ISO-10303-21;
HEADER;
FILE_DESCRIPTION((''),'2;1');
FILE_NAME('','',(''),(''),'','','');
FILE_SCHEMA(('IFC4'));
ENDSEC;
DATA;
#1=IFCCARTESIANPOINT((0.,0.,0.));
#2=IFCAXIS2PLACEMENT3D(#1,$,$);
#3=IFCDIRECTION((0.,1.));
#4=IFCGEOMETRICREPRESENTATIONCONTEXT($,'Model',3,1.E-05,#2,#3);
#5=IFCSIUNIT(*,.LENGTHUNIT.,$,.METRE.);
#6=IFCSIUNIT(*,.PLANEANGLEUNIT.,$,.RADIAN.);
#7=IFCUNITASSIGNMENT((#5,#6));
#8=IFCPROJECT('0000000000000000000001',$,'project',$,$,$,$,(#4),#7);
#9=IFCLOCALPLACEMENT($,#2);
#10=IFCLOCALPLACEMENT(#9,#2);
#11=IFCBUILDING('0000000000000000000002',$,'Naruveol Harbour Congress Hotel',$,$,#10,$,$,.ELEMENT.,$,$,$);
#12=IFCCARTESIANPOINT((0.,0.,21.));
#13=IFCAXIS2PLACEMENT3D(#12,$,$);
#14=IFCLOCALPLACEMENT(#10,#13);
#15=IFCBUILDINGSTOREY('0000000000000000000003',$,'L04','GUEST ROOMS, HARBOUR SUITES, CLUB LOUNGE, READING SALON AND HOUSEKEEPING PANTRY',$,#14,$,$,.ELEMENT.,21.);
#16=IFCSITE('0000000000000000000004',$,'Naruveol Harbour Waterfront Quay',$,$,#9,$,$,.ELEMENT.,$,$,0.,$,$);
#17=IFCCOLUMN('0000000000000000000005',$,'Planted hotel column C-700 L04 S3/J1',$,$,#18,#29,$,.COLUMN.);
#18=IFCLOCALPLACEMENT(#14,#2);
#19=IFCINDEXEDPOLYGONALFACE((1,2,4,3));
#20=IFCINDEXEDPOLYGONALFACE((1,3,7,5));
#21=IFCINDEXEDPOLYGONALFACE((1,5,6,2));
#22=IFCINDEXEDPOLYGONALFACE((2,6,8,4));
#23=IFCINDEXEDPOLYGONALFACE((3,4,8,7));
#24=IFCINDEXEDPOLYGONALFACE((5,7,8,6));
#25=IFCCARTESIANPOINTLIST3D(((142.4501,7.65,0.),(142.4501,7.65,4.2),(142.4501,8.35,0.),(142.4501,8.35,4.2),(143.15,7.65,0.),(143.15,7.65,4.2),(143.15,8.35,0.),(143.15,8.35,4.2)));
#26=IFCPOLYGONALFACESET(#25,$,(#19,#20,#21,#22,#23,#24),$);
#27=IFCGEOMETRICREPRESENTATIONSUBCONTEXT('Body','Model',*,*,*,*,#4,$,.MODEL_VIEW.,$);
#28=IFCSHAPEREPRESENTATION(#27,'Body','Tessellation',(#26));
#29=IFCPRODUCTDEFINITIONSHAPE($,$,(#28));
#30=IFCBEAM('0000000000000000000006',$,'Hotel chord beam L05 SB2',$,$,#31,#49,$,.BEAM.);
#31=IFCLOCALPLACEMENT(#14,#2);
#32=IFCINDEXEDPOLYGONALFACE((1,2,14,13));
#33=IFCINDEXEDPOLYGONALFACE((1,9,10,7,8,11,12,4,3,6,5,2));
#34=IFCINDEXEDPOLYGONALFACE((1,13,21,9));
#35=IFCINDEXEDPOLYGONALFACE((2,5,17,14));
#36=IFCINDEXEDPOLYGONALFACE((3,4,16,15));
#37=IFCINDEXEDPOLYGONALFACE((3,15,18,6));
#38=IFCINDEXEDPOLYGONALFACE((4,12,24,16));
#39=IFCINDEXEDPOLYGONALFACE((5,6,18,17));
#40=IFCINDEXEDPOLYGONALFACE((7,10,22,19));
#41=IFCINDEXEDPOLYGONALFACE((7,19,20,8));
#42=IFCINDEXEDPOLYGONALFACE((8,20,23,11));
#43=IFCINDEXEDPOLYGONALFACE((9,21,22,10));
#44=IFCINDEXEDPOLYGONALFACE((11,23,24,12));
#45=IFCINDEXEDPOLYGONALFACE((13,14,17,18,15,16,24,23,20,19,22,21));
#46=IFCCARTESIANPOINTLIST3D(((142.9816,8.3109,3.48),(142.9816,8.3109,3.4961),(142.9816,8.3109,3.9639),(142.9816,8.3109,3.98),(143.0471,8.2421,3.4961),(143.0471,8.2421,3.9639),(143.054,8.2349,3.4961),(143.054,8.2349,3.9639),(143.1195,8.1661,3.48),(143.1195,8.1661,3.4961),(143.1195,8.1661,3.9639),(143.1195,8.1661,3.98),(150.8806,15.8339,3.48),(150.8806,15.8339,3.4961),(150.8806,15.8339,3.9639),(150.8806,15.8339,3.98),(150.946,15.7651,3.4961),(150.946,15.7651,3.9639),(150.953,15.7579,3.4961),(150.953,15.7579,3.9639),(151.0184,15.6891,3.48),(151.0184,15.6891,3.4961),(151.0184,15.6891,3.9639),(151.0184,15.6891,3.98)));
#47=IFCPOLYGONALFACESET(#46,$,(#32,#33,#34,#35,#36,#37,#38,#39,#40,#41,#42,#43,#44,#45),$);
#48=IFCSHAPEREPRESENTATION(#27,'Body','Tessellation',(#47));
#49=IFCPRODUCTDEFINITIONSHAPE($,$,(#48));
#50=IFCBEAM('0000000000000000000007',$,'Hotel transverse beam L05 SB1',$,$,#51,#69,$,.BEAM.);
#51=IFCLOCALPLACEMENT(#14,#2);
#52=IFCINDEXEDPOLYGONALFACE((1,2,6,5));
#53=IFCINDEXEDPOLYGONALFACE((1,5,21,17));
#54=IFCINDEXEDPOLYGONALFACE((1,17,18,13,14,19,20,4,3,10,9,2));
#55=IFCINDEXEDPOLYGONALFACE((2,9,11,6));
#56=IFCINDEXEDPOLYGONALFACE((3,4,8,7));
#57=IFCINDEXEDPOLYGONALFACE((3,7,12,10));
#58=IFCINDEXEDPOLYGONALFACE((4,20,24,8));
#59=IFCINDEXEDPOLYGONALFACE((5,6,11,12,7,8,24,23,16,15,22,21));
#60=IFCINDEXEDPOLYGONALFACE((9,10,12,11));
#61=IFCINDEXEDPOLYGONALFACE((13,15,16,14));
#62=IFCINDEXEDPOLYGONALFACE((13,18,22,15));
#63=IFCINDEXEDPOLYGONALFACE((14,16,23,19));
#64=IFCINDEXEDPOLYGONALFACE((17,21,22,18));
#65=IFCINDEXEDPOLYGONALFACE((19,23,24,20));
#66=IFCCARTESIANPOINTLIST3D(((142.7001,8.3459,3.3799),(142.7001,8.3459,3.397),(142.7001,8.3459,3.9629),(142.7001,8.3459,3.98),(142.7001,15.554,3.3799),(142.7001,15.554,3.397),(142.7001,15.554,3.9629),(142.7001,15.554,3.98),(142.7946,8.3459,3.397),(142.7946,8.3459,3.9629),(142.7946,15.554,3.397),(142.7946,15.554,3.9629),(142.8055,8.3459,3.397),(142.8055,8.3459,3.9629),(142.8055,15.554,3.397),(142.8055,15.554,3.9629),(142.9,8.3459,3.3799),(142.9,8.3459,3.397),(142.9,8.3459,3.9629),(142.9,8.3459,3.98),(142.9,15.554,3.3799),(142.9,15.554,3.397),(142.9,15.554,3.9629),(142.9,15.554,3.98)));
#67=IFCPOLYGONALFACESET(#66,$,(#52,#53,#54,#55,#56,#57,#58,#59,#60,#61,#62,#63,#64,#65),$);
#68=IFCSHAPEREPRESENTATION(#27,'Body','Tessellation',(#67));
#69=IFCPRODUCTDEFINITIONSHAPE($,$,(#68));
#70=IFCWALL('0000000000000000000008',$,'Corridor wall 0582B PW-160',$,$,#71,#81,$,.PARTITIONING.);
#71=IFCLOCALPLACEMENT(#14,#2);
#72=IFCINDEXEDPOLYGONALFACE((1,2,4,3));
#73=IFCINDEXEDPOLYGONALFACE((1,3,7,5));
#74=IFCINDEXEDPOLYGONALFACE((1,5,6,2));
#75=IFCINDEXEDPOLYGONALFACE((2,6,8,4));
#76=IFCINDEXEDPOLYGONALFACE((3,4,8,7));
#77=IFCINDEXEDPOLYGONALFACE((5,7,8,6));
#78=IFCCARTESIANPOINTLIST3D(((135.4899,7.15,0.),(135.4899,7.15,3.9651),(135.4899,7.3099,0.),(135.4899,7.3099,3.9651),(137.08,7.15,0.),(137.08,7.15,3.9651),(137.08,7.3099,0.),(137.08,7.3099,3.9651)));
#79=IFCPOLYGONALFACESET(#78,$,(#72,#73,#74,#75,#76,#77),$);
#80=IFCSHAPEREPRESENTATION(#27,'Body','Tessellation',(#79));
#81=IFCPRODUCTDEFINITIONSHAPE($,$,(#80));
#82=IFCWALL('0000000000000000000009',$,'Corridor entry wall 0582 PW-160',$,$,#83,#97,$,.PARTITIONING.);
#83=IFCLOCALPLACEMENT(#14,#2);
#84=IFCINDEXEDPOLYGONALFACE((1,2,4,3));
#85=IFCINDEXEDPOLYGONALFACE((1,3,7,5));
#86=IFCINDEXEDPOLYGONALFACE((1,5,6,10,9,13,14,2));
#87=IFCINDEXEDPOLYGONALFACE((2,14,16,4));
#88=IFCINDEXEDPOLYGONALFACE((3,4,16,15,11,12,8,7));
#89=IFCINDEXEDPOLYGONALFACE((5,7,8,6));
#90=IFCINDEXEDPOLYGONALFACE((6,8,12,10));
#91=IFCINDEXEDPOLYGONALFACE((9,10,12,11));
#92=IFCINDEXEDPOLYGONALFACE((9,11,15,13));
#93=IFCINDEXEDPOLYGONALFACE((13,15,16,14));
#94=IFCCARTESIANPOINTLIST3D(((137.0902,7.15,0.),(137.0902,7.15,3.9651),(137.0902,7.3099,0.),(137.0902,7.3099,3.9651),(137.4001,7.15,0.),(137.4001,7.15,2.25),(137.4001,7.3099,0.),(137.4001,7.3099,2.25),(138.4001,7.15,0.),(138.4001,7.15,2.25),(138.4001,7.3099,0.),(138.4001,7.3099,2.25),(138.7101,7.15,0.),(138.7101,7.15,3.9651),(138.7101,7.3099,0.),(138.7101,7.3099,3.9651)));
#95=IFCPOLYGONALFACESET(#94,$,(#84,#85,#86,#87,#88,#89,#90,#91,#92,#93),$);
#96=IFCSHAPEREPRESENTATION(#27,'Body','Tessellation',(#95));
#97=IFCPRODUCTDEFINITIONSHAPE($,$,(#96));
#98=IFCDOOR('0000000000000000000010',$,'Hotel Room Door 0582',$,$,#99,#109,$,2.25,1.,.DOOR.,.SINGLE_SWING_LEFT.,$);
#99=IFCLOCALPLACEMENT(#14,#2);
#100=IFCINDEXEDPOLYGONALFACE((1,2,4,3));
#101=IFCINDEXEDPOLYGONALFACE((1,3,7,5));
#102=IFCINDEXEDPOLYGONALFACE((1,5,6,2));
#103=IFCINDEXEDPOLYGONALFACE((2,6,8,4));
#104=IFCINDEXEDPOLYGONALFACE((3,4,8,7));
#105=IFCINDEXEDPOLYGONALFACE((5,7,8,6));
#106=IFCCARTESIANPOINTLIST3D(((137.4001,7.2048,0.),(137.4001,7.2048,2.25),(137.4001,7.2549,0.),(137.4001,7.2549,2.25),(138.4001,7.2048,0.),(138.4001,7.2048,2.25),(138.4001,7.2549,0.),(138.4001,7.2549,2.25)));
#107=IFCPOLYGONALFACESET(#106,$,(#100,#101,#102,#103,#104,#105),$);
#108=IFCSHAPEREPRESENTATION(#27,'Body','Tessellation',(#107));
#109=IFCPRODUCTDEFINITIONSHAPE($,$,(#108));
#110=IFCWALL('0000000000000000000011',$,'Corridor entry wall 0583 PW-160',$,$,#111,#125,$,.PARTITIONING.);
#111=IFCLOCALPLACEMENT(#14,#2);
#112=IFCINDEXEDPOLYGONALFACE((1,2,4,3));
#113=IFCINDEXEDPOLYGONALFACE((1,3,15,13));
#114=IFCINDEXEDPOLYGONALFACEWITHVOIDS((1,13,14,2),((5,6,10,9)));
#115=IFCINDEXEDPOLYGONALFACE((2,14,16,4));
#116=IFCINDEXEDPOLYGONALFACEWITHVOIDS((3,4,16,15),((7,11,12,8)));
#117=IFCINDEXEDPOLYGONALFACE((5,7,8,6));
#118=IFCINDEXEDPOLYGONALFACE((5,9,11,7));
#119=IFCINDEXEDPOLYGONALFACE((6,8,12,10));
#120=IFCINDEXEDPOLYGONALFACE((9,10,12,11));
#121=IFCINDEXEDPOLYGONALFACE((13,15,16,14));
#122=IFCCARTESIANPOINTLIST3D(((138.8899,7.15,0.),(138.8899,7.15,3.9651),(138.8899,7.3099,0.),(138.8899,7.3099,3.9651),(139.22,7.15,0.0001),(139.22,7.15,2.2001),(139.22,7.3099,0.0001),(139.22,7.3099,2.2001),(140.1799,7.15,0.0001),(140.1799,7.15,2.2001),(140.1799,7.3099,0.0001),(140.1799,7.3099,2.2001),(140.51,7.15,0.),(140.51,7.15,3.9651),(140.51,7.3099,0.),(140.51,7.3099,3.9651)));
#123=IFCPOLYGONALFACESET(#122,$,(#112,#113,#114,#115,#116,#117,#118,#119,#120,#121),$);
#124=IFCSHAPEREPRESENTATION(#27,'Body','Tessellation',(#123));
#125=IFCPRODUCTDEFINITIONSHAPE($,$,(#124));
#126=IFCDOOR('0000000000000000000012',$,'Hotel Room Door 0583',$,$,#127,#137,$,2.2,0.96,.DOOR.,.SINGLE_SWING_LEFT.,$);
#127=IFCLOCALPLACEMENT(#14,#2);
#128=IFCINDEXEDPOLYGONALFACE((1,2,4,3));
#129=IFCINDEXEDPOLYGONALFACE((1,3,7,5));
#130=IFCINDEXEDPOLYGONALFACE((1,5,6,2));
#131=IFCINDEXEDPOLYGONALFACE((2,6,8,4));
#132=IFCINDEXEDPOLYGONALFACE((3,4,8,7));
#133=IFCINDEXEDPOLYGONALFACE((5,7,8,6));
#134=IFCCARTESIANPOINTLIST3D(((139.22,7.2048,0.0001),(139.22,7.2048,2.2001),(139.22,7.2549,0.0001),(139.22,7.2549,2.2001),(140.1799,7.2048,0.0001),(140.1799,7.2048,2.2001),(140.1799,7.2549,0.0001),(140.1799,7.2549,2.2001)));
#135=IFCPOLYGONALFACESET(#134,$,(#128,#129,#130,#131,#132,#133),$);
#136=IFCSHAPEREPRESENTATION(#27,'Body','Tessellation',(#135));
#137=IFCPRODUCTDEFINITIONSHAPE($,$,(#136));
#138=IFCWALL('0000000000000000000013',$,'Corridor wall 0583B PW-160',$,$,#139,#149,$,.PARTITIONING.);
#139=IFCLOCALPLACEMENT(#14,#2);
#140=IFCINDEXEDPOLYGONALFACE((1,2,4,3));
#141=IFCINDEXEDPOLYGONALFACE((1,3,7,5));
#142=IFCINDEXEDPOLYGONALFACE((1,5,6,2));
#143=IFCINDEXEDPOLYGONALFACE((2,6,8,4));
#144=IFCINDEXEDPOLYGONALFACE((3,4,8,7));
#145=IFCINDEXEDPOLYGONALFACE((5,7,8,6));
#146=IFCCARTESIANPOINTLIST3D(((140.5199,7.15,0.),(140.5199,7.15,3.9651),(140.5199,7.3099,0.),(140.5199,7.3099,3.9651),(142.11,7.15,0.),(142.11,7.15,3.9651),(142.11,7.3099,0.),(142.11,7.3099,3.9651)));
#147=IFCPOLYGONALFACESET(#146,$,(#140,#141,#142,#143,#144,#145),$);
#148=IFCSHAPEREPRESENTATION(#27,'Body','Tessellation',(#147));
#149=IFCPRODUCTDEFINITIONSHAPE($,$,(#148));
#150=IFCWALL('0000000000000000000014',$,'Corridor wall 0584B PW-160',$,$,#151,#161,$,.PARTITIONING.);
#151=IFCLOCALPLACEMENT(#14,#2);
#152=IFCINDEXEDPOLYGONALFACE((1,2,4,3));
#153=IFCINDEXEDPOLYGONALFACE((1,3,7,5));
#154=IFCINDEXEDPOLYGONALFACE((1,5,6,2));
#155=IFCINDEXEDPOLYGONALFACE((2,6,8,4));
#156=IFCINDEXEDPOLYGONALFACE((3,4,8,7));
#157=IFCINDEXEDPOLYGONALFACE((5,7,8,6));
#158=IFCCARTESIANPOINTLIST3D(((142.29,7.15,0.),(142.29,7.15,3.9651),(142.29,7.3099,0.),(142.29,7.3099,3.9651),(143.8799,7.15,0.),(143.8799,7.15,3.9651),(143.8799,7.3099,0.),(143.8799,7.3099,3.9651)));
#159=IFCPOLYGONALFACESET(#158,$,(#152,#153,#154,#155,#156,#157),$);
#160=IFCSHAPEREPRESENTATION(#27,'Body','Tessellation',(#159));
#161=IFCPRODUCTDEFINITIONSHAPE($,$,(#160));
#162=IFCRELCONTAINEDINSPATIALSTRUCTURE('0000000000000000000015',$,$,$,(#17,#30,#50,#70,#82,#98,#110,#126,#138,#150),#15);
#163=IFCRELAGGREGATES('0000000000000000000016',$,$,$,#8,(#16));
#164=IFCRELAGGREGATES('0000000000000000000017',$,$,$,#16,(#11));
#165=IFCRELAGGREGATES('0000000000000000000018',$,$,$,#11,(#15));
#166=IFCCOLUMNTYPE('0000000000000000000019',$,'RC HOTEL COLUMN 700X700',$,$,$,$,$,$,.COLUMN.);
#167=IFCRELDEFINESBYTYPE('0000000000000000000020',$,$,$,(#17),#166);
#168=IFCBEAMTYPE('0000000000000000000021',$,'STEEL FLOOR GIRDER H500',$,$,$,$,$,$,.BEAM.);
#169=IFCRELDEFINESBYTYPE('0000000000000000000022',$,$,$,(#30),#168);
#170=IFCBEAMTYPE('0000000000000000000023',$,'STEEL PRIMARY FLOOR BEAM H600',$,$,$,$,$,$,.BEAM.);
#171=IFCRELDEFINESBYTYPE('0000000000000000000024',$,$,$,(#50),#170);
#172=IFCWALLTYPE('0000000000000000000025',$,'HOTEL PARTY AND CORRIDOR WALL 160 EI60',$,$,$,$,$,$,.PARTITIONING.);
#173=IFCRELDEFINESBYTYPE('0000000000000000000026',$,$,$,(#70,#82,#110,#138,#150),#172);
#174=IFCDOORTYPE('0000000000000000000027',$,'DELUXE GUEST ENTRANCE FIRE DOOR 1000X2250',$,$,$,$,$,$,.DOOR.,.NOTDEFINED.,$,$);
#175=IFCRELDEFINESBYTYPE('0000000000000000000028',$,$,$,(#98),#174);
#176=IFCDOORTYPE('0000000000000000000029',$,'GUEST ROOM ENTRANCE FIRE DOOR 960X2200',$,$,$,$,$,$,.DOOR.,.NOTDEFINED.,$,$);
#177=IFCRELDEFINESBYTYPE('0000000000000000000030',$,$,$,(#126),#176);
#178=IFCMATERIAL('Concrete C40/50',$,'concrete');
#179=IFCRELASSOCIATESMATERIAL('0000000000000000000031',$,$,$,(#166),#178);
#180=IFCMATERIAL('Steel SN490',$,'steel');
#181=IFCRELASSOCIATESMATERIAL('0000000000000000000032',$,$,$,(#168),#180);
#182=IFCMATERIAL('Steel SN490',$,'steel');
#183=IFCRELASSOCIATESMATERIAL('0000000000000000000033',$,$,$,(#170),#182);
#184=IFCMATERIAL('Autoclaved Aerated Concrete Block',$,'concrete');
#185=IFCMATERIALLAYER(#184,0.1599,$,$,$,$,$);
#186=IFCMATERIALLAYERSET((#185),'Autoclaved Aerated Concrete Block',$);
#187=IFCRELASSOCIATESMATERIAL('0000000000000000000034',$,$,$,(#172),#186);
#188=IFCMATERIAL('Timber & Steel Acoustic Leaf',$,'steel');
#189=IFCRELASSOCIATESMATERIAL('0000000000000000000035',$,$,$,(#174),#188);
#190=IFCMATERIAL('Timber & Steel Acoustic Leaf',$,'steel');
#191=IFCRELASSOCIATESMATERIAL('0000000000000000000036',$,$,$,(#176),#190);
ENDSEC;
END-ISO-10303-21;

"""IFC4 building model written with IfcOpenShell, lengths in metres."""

from ifc_helpers import new_model, si_unit, direction, frame, frame_2d, origin, origin_2d, place, context, subcontext, project, spatial, rectangle, i_section, extrude, material, layer, layer_set, material_profile, profile_set, type_object, element, fill, save


model = new_model("IFC4")

# Units and contexts
model_context = context("Model", 3, precision=1e-05, world=origin(), true_north=direction((0.0, 1.0)))
body_context = subcontext(model_context, "Body", "Model", "MODEL_VIEW")
ifc_project = project(units=[si_unit("LENGTHUNIT", "METRE"), si_unit("PLANEANGLEUNIT", "RADIAN")], contexts=[model_context])

# Site, building, storey
site_placement = place(None, origin())
site = spatial("IfcSite", under=ifc_project, at=site_placement, Name="Naruveol Harbour Waterfront Quay", CompositionType="ELEMENT", RefElevation=0.0)
building_placement = place(site_placement, origin())
building = spatial("IfcBuilding", under=site, at=building_placement, Name="Naruveol Harbour Congress Hotel", CompositionType="ELEMENT")
storey_placement = place(building_placement, frame((0.0, 0.0, 21.0)))
storey = spatial("IfcBuildingStorey", under=building, at=storey_placement, Name="L04", Description="GUEST ROOMS, HARBOUR SUITES, CLUB LOUNGE, READING SALON AND HOUSEKEEPING PANTRY", CompositionType="ELEMENT", Elevation=21.0)

# Column
ifc_material_1 = material(Name="Concrete C40/50", Category="concrete")
ifc_material_profile_1 = material_profile(ifc_material_1, rectangle(XDim=0.7, YDim=0.7, at=origin_2d()), Name="RC-700x700")
ifc_profile_set_1 = profile_set([ifc_material_profile_1], Name="Concrete C40/50")
column_type = type_object("IfcColumnType", Name="RC HOTEL COLUMN 700X700", PredefinedType="COLUMN", material=ifc_profile_set_1)
column_placement = place(storey_placement, frame((142.8, 8.0, 0.0), z_axis=(0.0, 0.0, 1.0), x_axis=(1.0, 0.0, 0.0)))
element("IfcColumn", 1, at=column_placement, inside=storey, type_object=column_type, Name="Planted hotel column C-700 L04 S3/J1", PredefinedType="COLUMN", context=body_context, shape_type="SweptSolid", body=[
    extrude(rectangle(XDim=0.7, YDim=0.7, at=origin_2d()), origin(), (0.0, 0.0, 1.0), 4.2),
])

# Beams
ifc_material_2 = material(Name="Steel SN490", Category="steel")
ifc_material_profile_2 = material_profile(ifc_material_2, i_section(OverallWidth=0.2, OverallDepth=0.5, WebThickness=0.01, FlangeThickness=0.0161, at=origin_2d()), Name="H-500x200x10x16")
ifc_profile_set_2 = profile_set([ifc_material_profile_2], Name="Steel SN490")
beam_type_1 = type_object("IfcBeamType", Name="STEEL FLOOR GIRDER H500", PredefinedType="BEAM", material=ifc_profile_set_2)
beam_1_placement = place(storey_placement, frame((143.0505, 8.2385, 3.73), z_axis=(0.72413, 0.689663, 0.0), x_axis=(-0.689663, 0.72413, 0.0)))
element("IfcBeam", 2, at=beam_1_placement, inside=storey, type_object=beam_type_1, Name="Hotel chord beam L05 SB2", PredefinedType="BEAM", context=body_context, shape_type="SweptSolid", body=[
    extrude(i_section(OverallWidth=0.2, OverallDepth=0.5, WebThickness=0.01, FlangeThickness=0.0161, at=origin_2d()), origin(), (0.0, 0.0, 1.0), 10.9082),
])
ifc_material_3 = material(Name="Steel SN490", Category="steel")
ifc_material_profile_3 = material_profile(ifc_material_3, i_section(OverallWidth=0.2, OverallDepth=0.6001, WebThickness=0.011, FlangeThickness=0.0171, at=origin_2d()), Name="H-600x200x11x17")
ifc_profile_set_3 = profile_set([ifc_material_profile_3], Name="Steel SN490")
beam_type_2 = type_object("IfcBeamType", Name="STEEL PRIMARY FLOOR BEAM H600", PredefinedType="BEAM", material=ifc_profile_set_3)
beam_2_placement = place(storey_placement, frame((142.8, 8.3459, 3.6799), z_axis=(0.0, 1.0, 0.0), x_axis=(-1.0, 0.0, 0.0)))
element("IfcBeam", 3, at=beam_2_placement, inside=storey, type_object=beam_type_2, Name="Hotel transverse beam L05 SB1", PredefinedType="BEAM", context=body_context, shape_type="SweptSolid", body=[
    extrude(i_section(OverallWidth=0.2, OverallDepth=0.6001, WebThickness=0.011, FlangeThickness=0.0171, at=origin_2d()), origin(), (0.0, 0.0, 1.0), 7.208),
])

# Wall
ifc_material_4 = material(Name="Autoclaved Aerated Concrete Block", Category="concrete")
ifc_layer_1 = layer(ifc_material_4, 0.1599)
ifc_layer_set_1 = layer_set([ifc_layer_1], Name="Autoclaved Aerated Concrete Block")
wall_type_1 = type_object("IfcWallType", Name="HOTEL PARTY AND CORRIDOR WALL 160 EI60", PredefinedType="PARTITIONING", material=ifc_layer_set_1)
wall_1_placement = place(storey_placement, frame((135.49, 7.23, 0.0), z_axis=(0.0, 0.0, 1.0), x_axis=(1.0, 0.0, 0.0)))
element("IfcWall", 4, at=wall_1_placement, inside=storey, type_object=wall_type_1, Name="Corridor wall 0582B PW-160", PredefinedType="PARTITIONING", context=body_context, shape_type="SweptSolid", body=[
    extrude(rectangle(XDim=1.5901, YDim=0.1599, at=frame_2d((0.7949, 0.0))), origin(), (0.0, 0.0, 1.0), 3.9651),
])

# Walls, openings, doors
wall_2_placement = place(storey_placement, frame((137.0901, 7.23, 0.0), z_axis=(0.0, 0.0, 1.0), x_axis=(1.0, 0.0, 0.0)))
wall_2 = element("IfcWall", 5, at=wall_2_placement, inside=storey, type_object=wall_type_1, Name="Corridor entry wall 0582 PW-160", PredefinedType="PARTITIONING", context=body_context, shape_type="SweptSolid", body=[
    extrude(rectangle(XDim=1.6199, YDim=0.1599, at=frame_2d((0.8101, 0.0))), origin(), (0.0, 0.0, 1.0), 3.9651),
])
opening_1_placement = place(wall_2_placement, frame((0.3101, 0.0, 0.0)))
opening_1 = element("IfcOpeningElement", 6, at=opening_1_placement, cuts=wall_2, PredefinedType="OPENING", context=body_context, shape_type="SweptSolid", body=[
    extrude(rectangle(XDim=1.0, YDim=2.25, at=frame_2d((0.5, 1.125))), frame((0.0, 0.0898, 0.0), z_axis=(0.0, -1.0, 0.0), x_axis=(1.0, 0.0, 0.0)), (0.0, 0.0, 1.0), 0.1799),
])
ifc_material_5 = material(Name="Timber & Steel Acoustic Leaf", Category="steel")
door_type_1 = type_object("IfcDoorType", Name="DELUXE GUEST ENTRANCE FIRE DOOR 1000X2250", OperationType="NOTDEFINED", PredefinedType="DOOR", material=ifc_material_5)
door_1_placement = place(opening_1_placement, origin())
door_1 = element("IfcDoor", 7, at=door_1_placement, inside=storey, type_object=door_type_1, Name="Hotel Room Door 0582", OperationType="SINGLE_SWING_LEFT", OverallHeight=2.25, OverallWidth=1.0, PredefinedType="DOOR", context=body_context, shape_type="SweptSolid", body=[
    extrude(rectangle(XDim=1.0, YDim=2.25, at=frame_2d((0.5, 1.125))), frame((0.0, 0.0249, 0.0), z_axis=(0.0, -1.0, 0.0), x_axis=(1.0, 0.0, 0.0)), (0.0, 0.0, 1.0), 0.05),
])
fill(opening_1, door_1)
wall_3_placement = place(storey_placement, frame((138.8899, 7.23, 0.0), z_axis=(0.0, 0.0, 1.0), x_axis=(1.0, 0.0, 0.0)))
wall_3 = element("IfcWall", 8, at=wall_3_placement, inside=storey, type_object=wall_type_1, Name="Corridor entry wall 0583 PW-160", PredefinedType="PARTITIONING", context=body_context, shape_type="SweptSolid", body=[
    extrude(rectangle(XDim=1.6201, YDim=0.1599, at=frame_2d((0.8101, 0.0))), origin(), (0.0, 0.0, 1.0), 3.9651),
])
opening_2_placement = place(wall_3_placement, frame((0.3301, 0.0, 0.0)))
opening_2 = element("IfcOpeningElement", 9, at=opening_2_placement, cuts=wall_3, PredefinedType="OPENING", context=body_context, shape_type="SweptSolid", body=[
    extrude(rectangle(XDim=0.96, YDim=2.2, at=frame_2d((0.48, 1.1001))), frame((0.0, 0.0898, 0.0), z_axis=(0.0, -1.0, 0.0), x_axis=(1.0, 0.0, 0.0)), (0.0, 0.0, 1.0), 0.1799),
])
ifc_material_6 = material(Name="Timber & Steel Acoustic Leaf", Category="steel")
door_type_2 = type_object("IfcDoorType", Name="GUEST ROOM ENTRANCE FIRE DOOR 960X2200", OperationType="NOTDEFINED", PredefinedType="DOOR", material=ifc_material_6)
door_2_placement = place(opening_2_placement, origin())
door_2 = element("IfcDoor", 10, at=door_2_placement, inside=storey, type_object=door_type_2, Name="Hotel Room Door 0583", OperationType="SINGLE_SWING_LEFT", OverallHeight=2.2, OverallWidth=0.96, PredefinedType="DOOR", context=body_context, shape_type="SweptSolid", body=[
    extrude(rectangle(XDim=0.96, YDim=2.2, at=frame_2d((0.48, 1.1001))), frame((0.0, 0.0249, 0.0), z_axis=(0.0, -1.0, 0.0), x_axis=(1.0, 0.0, 0.0)), (0.0, 0.0, 1.0), 0.05),
])
fill(opening_2, door_2)

# Walls
wall_4_placement = place(storey_placement, frame((140.52, 7.23, 0.0), z_axis=(0.0, 0.0, 1.0), x_axis=(1.0, 0.0, 0.0)))
element("IfcWall", 11, at=wall_4_placement, inside=storey, type_object=wall_type_1, Name="Corridor wall 0583B PW-160", PredefinedType="PARTITIONING", context=body_context, shape_type="SweptSolid", body=[
    extrude(rectangle(XDim=1.5901, YDim=0.1599, at=frame_2d((0.7949, 0.0))), origin(), (0.0, 0.0, 1.0), 3.9651),
])
wall_5_placement = place(storey_placement, frame((142.29, 7.23, 0.0), z_axis=(0.0, 0.0, 1.0), x_axis=(1.0, 0.0, 0.0)))
element("IfcWall", 12, at=wall_5_placement, inside=storey, type_object=wall_type_1, Name="Corridor wall 0584B PW-160", PredefinedType="PARTITIONING", context=body_context, shape_type="SweptSolid", body=[
    extrude(rectangle(XDim=1.5898, YDim=0.1599, at=frame_2d((0.7949, 0.0))), origin(), (0.0, 0.0, 1.0), 3.9651),
])

save(model, "model.ifc")
